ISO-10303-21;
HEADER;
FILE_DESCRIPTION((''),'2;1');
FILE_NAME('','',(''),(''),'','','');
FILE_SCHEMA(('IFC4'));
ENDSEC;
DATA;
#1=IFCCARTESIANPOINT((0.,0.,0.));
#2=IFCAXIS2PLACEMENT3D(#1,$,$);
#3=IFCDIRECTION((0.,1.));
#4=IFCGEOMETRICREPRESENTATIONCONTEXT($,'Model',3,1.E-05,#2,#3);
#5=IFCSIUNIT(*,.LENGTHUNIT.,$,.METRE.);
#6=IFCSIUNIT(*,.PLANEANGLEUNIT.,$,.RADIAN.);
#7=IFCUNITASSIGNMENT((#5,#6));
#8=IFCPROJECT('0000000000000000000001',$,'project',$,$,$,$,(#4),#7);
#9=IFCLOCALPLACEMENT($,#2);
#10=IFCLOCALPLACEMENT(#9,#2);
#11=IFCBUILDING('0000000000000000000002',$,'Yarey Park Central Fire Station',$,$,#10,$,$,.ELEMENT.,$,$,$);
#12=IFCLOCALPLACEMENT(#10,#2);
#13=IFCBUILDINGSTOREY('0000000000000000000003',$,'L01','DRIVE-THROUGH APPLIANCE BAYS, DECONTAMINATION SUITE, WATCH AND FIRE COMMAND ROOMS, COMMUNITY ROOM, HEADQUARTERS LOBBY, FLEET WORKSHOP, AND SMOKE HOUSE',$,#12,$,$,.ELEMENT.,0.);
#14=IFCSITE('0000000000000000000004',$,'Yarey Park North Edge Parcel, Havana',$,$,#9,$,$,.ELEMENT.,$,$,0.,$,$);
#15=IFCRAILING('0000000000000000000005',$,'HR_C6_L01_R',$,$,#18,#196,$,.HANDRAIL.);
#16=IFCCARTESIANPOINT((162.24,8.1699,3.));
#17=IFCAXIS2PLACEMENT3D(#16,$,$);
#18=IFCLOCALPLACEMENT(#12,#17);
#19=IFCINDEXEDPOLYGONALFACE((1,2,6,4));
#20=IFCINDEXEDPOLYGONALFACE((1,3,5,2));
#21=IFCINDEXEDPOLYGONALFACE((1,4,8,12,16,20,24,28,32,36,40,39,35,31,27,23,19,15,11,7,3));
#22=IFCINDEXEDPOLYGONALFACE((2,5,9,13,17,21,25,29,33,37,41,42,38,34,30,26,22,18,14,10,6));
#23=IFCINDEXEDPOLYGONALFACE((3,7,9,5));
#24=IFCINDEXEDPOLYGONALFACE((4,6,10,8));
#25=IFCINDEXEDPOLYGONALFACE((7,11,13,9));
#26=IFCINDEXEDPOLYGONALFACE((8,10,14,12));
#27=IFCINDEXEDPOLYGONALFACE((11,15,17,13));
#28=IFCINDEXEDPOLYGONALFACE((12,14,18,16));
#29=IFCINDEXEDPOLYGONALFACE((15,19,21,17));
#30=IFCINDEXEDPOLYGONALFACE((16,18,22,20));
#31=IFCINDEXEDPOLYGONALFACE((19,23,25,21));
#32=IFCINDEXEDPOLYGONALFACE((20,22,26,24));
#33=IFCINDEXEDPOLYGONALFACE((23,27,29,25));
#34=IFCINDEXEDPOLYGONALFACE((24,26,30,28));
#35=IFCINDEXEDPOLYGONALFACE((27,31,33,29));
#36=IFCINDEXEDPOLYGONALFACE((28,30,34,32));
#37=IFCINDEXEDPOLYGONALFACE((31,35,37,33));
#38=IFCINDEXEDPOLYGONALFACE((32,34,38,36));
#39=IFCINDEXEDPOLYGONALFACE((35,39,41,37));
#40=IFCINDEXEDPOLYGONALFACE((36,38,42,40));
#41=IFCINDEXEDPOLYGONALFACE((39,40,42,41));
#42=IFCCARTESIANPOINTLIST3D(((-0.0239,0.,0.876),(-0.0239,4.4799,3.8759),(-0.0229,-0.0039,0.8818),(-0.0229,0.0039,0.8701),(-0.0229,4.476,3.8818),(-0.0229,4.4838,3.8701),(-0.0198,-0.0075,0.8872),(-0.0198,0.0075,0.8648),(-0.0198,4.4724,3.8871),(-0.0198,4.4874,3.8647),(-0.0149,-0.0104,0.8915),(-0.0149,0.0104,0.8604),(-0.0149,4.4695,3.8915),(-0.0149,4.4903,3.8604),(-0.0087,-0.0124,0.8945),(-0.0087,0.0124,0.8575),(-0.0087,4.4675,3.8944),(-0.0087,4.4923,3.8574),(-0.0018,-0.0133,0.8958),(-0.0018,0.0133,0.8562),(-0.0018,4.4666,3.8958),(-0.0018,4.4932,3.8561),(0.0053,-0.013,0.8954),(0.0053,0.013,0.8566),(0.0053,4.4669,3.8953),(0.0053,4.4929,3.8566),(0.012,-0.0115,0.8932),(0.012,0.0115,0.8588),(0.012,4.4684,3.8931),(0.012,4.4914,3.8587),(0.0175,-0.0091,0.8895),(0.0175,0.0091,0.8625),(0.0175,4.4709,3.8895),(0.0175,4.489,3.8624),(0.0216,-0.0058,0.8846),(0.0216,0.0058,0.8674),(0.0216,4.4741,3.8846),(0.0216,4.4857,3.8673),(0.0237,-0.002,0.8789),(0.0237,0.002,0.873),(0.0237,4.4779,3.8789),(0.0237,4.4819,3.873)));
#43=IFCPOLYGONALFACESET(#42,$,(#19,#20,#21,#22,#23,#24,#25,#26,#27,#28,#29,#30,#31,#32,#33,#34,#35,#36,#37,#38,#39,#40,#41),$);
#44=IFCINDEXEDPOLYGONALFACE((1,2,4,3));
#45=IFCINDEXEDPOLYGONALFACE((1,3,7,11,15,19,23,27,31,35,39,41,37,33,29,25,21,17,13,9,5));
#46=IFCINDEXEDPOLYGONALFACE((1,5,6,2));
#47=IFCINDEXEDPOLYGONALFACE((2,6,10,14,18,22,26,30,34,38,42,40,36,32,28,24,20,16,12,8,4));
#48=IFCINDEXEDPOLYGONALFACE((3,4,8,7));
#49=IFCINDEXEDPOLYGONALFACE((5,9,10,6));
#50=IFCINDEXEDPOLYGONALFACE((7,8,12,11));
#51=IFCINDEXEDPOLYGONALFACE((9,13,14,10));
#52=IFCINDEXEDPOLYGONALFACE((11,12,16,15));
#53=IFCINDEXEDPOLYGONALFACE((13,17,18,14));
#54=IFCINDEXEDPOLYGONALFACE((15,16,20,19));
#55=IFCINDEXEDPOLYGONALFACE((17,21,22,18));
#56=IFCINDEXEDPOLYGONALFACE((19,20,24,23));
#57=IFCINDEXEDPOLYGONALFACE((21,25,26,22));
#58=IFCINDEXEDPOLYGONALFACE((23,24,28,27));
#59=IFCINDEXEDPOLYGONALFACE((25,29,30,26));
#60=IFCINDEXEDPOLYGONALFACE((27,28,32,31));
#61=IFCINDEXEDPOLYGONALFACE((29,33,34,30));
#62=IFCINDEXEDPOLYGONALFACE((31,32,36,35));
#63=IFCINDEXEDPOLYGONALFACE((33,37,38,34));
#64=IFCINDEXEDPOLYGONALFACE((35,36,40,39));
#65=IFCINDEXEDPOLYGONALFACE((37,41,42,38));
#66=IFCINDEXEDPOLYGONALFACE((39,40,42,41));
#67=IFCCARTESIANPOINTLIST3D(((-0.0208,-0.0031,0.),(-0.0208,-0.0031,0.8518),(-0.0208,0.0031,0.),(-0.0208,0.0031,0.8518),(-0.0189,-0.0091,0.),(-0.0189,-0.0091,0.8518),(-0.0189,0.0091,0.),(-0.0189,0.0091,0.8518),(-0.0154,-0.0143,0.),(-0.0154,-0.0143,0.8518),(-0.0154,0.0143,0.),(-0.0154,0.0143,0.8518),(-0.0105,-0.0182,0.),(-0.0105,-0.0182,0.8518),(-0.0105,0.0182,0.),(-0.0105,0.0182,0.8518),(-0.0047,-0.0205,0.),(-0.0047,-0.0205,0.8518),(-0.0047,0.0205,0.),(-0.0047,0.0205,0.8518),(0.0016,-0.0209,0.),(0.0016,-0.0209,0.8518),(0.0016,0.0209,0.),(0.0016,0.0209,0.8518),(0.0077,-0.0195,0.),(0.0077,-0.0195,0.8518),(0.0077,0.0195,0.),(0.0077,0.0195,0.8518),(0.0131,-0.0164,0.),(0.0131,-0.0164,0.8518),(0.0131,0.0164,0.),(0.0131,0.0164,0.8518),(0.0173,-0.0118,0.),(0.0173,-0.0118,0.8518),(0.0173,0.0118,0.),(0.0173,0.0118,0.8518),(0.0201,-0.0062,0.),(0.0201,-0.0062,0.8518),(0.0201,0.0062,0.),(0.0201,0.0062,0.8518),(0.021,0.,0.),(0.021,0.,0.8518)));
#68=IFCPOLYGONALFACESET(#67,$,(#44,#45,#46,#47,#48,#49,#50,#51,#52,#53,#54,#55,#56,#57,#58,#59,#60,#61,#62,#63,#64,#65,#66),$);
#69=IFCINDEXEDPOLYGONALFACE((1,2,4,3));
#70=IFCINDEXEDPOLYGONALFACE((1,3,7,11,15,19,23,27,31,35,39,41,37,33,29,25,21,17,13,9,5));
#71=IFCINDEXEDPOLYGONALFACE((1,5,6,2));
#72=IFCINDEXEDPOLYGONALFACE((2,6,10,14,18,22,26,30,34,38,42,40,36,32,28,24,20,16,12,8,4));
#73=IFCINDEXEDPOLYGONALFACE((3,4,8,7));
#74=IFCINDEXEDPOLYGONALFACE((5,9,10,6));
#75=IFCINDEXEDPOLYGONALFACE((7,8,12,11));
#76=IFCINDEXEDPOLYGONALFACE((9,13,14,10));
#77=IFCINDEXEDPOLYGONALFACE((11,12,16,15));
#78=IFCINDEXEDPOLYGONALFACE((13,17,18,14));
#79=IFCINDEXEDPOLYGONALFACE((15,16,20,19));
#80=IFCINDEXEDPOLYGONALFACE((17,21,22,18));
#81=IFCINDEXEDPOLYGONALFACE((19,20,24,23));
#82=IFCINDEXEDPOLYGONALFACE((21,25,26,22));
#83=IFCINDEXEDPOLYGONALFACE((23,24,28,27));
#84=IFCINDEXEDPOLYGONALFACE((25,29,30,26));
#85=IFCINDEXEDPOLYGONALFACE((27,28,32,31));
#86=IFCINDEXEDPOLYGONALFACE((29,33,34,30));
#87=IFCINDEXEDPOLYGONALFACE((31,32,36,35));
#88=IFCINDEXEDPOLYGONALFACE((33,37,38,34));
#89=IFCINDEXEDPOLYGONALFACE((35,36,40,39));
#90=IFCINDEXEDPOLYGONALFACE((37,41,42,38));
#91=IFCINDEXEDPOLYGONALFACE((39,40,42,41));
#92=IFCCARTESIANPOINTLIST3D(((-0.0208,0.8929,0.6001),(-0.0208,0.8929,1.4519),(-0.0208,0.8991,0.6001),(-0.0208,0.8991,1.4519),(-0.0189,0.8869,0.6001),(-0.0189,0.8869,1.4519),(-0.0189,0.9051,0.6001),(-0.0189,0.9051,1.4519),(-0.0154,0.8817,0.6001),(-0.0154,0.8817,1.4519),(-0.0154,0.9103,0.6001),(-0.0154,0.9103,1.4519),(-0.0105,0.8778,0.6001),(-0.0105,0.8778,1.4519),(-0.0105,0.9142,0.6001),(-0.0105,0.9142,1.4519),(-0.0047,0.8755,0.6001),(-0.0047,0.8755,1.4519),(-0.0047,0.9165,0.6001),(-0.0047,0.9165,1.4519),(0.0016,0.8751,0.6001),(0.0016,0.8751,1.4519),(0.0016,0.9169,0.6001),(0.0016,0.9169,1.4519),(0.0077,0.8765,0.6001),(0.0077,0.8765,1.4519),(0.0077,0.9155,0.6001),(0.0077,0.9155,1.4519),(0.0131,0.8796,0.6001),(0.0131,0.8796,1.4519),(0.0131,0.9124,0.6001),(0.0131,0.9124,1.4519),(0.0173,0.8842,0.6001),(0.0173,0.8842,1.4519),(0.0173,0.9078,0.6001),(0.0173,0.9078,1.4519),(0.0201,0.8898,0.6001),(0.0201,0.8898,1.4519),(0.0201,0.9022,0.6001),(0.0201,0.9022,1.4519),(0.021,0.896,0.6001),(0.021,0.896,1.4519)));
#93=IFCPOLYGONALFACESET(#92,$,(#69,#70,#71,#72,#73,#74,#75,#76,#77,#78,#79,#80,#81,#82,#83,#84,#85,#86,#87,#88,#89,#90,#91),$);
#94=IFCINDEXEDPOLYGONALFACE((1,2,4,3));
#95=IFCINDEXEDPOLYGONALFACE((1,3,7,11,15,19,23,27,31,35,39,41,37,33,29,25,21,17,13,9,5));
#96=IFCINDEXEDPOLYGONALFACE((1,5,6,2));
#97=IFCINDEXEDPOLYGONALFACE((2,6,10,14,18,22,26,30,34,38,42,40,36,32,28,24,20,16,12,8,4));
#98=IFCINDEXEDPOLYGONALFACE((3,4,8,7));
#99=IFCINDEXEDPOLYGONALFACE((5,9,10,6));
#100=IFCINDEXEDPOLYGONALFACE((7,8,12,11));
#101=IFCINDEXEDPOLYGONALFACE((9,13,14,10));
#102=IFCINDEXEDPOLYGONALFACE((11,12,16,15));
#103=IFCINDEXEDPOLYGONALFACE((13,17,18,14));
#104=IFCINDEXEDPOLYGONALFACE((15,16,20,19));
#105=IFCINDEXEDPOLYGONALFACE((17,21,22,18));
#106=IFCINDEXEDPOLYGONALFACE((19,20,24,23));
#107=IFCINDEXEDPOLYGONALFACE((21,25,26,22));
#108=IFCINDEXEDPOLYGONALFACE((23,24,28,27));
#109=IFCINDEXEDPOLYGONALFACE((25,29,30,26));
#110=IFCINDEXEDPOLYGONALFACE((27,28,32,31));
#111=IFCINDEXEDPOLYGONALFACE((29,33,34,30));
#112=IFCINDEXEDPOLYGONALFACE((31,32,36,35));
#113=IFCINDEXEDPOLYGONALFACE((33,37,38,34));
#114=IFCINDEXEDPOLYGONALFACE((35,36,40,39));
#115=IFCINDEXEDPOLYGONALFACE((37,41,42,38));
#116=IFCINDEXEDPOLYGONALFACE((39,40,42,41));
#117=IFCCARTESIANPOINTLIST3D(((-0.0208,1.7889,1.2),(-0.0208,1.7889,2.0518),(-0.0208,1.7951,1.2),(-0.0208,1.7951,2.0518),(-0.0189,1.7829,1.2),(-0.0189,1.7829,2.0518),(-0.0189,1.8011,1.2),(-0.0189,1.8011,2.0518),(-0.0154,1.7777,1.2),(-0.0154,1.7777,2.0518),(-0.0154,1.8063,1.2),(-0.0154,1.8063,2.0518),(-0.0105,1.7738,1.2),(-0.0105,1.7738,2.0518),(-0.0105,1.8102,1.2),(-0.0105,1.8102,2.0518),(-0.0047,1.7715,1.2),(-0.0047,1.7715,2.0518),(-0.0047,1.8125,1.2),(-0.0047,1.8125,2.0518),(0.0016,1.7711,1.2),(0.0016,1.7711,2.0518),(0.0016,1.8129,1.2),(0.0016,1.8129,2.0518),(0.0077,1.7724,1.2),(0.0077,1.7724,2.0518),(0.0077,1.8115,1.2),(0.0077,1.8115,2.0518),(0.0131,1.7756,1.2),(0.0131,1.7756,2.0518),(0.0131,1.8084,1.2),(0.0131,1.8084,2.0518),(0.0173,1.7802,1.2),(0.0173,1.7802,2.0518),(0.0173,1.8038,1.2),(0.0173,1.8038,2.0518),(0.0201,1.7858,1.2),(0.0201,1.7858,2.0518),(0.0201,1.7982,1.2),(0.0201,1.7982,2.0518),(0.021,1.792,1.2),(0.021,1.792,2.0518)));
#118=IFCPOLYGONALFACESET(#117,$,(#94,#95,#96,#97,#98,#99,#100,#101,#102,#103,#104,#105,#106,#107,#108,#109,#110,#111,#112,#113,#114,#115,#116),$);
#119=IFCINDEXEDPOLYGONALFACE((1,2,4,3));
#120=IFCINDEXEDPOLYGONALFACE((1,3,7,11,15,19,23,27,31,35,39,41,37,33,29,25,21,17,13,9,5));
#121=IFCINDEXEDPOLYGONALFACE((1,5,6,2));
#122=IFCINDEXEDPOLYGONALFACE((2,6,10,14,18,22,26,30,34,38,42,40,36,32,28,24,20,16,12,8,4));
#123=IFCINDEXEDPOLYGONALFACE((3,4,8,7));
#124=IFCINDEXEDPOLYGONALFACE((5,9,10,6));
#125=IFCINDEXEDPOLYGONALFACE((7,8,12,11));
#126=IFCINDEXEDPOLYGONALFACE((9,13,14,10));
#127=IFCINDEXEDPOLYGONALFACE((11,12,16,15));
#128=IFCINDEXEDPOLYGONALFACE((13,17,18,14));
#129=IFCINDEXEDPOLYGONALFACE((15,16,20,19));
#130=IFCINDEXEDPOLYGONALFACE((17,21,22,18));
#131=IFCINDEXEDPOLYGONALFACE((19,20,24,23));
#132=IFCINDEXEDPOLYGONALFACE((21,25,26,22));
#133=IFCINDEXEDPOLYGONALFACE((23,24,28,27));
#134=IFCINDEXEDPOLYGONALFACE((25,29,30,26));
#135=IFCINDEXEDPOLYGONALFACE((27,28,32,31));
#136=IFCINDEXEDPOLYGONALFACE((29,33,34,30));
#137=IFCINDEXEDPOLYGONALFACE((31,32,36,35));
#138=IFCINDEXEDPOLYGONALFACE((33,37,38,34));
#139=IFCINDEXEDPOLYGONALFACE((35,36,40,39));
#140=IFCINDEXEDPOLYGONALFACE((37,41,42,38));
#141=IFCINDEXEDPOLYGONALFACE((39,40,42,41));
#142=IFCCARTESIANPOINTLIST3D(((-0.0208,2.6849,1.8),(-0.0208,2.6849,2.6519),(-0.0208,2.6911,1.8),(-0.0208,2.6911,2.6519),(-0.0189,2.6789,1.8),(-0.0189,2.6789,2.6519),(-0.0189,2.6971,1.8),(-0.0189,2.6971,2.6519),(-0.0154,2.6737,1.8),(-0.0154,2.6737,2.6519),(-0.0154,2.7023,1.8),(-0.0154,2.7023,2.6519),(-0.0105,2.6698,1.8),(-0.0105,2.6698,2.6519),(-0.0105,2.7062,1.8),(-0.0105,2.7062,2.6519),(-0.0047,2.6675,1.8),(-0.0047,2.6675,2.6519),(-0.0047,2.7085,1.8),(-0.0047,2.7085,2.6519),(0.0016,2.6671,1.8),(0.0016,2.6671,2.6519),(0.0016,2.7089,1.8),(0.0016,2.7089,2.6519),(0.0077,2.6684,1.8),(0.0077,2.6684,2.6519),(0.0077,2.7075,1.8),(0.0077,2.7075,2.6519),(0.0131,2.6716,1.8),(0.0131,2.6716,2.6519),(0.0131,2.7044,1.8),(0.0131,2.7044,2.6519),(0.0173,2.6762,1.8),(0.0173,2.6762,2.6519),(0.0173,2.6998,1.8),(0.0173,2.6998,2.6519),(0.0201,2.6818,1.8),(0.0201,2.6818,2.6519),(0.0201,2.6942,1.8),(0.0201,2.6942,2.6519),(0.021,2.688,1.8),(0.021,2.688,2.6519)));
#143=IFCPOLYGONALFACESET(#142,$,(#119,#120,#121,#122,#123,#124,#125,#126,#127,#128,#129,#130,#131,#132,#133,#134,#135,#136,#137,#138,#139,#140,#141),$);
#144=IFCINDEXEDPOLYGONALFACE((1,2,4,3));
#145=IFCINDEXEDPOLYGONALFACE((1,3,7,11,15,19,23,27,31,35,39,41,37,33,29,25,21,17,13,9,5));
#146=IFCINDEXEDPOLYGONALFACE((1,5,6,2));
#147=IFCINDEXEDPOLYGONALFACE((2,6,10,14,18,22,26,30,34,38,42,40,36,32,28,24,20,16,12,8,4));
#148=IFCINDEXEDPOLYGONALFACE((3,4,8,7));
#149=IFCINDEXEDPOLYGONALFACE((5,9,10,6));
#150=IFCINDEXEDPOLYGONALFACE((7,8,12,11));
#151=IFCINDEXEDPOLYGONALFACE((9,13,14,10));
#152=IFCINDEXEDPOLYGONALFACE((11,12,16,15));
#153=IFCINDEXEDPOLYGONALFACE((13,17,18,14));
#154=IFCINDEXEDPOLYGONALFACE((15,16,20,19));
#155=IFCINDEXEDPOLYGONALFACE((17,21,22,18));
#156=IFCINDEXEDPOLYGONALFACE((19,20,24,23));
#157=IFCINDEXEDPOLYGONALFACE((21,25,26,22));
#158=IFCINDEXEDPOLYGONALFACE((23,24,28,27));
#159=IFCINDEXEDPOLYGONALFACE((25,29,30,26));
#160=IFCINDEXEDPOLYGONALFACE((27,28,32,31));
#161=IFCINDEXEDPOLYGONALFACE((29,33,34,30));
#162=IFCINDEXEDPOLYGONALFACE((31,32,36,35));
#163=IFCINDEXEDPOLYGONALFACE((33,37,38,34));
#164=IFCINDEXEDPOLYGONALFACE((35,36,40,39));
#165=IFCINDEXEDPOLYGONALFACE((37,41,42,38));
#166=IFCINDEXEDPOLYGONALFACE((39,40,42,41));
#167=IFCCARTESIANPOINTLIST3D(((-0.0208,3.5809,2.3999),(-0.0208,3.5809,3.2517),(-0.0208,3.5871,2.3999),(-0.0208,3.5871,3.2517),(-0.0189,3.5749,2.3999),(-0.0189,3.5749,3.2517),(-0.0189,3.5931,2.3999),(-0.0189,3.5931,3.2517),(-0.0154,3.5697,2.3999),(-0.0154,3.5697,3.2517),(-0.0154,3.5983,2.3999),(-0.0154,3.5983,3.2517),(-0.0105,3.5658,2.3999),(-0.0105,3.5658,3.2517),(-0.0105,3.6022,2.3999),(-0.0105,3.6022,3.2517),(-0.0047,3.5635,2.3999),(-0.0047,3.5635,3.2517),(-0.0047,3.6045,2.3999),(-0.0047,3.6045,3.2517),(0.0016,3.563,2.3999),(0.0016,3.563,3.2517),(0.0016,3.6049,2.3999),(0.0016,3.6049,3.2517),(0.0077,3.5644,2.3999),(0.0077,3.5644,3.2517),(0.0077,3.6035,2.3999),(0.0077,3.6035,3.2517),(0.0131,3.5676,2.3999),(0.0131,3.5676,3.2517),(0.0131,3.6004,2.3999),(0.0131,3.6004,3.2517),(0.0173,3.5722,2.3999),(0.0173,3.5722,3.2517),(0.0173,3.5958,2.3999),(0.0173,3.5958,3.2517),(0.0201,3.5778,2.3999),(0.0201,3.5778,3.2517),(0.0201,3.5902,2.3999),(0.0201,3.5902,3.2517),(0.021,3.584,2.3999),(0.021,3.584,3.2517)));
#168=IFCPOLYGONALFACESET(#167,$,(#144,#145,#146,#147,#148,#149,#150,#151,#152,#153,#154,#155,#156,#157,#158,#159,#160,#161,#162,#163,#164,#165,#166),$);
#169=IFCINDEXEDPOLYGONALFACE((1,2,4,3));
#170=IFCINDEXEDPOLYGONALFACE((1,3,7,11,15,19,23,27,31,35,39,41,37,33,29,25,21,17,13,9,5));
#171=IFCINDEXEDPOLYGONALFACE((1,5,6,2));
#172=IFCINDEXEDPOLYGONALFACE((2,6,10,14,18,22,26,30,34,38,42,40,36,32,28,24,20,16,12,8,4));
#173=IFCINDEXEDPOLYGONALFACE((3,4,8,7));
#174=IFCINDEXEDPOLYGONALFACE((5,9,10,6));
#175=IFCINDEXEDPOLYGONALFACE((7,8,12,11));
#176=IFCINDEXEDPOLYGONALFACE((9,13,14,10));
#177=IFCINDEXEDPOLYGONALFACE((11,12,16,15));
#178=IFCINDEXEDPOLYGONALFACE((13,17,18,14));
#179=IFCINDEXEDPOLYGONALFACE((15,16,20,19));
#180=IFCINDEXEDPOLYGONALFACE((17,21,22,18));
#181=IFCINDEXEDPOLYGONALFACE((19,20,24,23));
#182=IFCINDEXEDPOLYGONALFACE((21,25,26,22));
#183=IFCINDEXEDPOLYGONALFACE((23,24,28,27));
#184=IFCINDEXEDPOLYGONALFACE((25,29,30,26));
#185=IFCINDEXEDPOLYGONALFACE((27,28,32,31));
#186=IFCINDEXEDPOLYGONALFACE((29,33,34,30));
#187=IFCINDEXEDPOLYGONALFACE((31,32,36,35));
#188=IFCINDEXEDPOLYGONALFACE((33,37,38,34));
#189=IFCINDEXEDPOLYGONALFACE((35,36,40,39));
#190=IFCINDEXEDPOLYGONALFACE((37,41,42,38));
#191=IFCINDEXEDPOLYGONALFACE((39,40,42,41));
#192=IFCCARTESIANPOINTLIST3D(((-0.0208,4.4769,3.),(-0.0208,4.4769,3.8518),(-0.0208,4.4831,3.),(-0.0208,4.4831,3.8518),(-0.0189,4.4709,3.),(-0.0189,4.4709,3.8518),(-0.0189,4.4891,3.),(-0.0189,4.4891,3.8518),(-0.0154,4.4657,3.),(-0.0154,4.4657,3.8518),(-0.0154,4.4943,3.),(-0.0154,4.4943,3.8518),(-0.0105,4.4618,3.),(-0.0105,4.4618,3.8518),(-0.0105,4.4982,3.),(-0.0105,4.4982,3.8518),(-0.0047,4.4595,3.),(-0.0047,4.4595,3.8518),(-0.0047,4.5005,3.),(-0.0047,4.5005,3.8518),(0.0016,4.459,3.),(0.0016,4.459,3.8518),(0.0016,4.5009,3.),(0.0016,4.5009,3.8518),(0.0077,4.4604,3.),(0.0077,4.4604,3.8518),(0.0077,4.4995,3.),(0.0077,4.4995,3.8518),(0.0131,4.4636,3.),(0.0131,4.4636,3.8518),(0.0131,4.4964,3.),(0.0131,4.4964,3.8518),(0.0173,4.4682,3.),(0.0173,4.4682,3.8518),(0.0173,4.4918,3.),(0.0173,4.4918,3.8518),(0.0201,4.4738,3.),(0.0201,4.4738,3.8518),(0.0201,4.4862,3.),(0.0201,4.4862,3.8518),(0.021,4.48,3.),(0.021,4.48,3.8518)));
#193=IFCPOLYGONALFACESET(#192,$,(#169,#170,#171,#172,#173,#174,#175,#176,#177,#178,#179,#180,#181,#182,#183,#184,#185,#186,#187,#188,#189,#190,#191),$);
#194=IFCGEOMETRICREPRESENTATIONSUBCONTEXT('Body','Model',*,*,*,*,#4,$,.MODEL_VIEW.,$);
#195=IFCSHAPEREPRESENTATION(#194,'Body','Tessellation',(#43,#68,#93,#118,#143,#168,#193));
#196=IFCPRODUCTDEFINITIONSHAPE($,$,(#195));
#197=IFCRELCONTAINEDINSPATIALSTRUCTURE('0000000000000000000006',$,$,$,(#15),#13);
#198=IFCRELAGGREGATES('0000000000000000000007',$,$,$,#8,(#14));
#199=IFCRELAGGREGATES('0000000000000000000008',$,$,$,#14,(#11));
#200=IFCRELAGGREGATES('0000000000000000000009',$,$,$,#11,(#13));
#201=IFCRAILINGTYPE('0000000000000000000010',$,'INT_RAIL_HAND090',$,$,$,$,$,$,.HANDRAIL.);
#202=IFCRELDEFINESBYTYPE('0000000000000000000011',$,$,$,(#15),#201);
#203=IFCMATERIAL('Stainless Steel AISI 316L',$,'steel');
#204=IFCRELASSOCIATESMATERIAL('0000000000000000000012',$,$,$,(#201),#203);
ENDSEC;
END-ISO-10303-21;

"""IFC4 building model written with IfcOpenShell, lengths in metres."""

from ifc_helpers import new_model, si_unit, direction, frame, origin, origin_2d, place, context, subcontext, project, spatial, circle, extrude, material, type_object, element, save


model = new_model("IFC4")

# Units and contexts
model_context = context("Model", 3, precision=1e-05, world=origin(), true_north=direction((0.0, 1.0)))
body_context = subcontext(model_context, "Body", "Model", "MODEL_VIEW")
ifc_project = project(units=[si_unit("LENGTHUNIT", "METRE"), si_unit("PLANEANGLEUNIT", "RADIAN")], contexts=[model_context])

# Site, building, storey
site_placement = place(None, origin())
site = spatial("IfcSite", under=ifc_project, at=site_placement, Name="Yarey Park North Edge Parcel, Havana", CompositionType="ELEMENT", RefElevation=0.0)
building_placement = place(site_placement, origin())
building = spatial("IfcBuilding", under=site, at=building_placement, Name="Yarey Park Central Fire Station", CompositionType="ELEMENT")
storey_placement = place(building_placement, origin())
storey = spatial("IfcBuildingStorey", under=building, at=storey_placement, Name="L01", Description="DRIVE-THROUGH APPLIANCE BAYS, DECONTAMINATION SUITE, WATCH AND FIRE COMMAND ROOMS, COMMUNITY ROOM, HEADQUARTERS LOBBY, FLEET WORKSHOP, AND SMOKE HOUSE", CompositionType="ELEMENT", Elevation=0.0)

# Shared definitions
ifc_material_1 = material(Name="Stainless Steel AISI 316L", Category="steel")

# Railing
railing_type = type_object("IfcRailingType", Name="INT_RAIL_HAND090", PredefinedType="HANDRAIL", material=ifc_material_1)
railing_placement = place(storey_placement, frame((162.24, 8.1699, 3.0)))
element("IfcRailing", 1, at=railing_placement, inside=storey, type_object=railing_type, Name="HR_C6_L01_R", PredefinedType="HANDRAIL", context=body_context, shape_type="SweptSolid", body=[
    extrude(circle(Radius=0.0239, at=origin_2d()), frame((0.0, 0.0, 0.876), z_axis=(0.0, 0.830906, 0.556413), x_axis=(-1.0, 0.0, 0.0)), (0.0, 0.0, 1.0), 5.3916),
    extrude(circle(Radius=0.021, at=origin_2d()), origin(), (0.0, 0.0, 1.0), 0.8518),
    extrude(circle(Radius=0.021, at=origin_2d()), frame((0.0, 0.896, 0.6001)), (0.0, 0.0, 1.0), 0.8518),
    extrude(circle(Radius=0.021, at=origin_2d()), frame((0.0, 1.792, 1.2)), (0.0, 0.0, 1.0), 0.8518),
    extrude(circle(Radius=0.021, at=origin_2d()), frame((0.0, 2.688, 1.8)), (0.0, 0.0, 1.0), 0.8518),
    extrude(circle(Radius=0.021, at=origin_2d()), frame((0.0, 3.584, 2.3999)), (0.0, 0.0, 1.0), 0.8518),
    extrude(circle(Radius=0.021, at=origin_2d()), frame((0.0, 4.48, 3.0)), (0.0, 0.0, 1.0), 0.8518),
])

save(model, "model.ifc")
